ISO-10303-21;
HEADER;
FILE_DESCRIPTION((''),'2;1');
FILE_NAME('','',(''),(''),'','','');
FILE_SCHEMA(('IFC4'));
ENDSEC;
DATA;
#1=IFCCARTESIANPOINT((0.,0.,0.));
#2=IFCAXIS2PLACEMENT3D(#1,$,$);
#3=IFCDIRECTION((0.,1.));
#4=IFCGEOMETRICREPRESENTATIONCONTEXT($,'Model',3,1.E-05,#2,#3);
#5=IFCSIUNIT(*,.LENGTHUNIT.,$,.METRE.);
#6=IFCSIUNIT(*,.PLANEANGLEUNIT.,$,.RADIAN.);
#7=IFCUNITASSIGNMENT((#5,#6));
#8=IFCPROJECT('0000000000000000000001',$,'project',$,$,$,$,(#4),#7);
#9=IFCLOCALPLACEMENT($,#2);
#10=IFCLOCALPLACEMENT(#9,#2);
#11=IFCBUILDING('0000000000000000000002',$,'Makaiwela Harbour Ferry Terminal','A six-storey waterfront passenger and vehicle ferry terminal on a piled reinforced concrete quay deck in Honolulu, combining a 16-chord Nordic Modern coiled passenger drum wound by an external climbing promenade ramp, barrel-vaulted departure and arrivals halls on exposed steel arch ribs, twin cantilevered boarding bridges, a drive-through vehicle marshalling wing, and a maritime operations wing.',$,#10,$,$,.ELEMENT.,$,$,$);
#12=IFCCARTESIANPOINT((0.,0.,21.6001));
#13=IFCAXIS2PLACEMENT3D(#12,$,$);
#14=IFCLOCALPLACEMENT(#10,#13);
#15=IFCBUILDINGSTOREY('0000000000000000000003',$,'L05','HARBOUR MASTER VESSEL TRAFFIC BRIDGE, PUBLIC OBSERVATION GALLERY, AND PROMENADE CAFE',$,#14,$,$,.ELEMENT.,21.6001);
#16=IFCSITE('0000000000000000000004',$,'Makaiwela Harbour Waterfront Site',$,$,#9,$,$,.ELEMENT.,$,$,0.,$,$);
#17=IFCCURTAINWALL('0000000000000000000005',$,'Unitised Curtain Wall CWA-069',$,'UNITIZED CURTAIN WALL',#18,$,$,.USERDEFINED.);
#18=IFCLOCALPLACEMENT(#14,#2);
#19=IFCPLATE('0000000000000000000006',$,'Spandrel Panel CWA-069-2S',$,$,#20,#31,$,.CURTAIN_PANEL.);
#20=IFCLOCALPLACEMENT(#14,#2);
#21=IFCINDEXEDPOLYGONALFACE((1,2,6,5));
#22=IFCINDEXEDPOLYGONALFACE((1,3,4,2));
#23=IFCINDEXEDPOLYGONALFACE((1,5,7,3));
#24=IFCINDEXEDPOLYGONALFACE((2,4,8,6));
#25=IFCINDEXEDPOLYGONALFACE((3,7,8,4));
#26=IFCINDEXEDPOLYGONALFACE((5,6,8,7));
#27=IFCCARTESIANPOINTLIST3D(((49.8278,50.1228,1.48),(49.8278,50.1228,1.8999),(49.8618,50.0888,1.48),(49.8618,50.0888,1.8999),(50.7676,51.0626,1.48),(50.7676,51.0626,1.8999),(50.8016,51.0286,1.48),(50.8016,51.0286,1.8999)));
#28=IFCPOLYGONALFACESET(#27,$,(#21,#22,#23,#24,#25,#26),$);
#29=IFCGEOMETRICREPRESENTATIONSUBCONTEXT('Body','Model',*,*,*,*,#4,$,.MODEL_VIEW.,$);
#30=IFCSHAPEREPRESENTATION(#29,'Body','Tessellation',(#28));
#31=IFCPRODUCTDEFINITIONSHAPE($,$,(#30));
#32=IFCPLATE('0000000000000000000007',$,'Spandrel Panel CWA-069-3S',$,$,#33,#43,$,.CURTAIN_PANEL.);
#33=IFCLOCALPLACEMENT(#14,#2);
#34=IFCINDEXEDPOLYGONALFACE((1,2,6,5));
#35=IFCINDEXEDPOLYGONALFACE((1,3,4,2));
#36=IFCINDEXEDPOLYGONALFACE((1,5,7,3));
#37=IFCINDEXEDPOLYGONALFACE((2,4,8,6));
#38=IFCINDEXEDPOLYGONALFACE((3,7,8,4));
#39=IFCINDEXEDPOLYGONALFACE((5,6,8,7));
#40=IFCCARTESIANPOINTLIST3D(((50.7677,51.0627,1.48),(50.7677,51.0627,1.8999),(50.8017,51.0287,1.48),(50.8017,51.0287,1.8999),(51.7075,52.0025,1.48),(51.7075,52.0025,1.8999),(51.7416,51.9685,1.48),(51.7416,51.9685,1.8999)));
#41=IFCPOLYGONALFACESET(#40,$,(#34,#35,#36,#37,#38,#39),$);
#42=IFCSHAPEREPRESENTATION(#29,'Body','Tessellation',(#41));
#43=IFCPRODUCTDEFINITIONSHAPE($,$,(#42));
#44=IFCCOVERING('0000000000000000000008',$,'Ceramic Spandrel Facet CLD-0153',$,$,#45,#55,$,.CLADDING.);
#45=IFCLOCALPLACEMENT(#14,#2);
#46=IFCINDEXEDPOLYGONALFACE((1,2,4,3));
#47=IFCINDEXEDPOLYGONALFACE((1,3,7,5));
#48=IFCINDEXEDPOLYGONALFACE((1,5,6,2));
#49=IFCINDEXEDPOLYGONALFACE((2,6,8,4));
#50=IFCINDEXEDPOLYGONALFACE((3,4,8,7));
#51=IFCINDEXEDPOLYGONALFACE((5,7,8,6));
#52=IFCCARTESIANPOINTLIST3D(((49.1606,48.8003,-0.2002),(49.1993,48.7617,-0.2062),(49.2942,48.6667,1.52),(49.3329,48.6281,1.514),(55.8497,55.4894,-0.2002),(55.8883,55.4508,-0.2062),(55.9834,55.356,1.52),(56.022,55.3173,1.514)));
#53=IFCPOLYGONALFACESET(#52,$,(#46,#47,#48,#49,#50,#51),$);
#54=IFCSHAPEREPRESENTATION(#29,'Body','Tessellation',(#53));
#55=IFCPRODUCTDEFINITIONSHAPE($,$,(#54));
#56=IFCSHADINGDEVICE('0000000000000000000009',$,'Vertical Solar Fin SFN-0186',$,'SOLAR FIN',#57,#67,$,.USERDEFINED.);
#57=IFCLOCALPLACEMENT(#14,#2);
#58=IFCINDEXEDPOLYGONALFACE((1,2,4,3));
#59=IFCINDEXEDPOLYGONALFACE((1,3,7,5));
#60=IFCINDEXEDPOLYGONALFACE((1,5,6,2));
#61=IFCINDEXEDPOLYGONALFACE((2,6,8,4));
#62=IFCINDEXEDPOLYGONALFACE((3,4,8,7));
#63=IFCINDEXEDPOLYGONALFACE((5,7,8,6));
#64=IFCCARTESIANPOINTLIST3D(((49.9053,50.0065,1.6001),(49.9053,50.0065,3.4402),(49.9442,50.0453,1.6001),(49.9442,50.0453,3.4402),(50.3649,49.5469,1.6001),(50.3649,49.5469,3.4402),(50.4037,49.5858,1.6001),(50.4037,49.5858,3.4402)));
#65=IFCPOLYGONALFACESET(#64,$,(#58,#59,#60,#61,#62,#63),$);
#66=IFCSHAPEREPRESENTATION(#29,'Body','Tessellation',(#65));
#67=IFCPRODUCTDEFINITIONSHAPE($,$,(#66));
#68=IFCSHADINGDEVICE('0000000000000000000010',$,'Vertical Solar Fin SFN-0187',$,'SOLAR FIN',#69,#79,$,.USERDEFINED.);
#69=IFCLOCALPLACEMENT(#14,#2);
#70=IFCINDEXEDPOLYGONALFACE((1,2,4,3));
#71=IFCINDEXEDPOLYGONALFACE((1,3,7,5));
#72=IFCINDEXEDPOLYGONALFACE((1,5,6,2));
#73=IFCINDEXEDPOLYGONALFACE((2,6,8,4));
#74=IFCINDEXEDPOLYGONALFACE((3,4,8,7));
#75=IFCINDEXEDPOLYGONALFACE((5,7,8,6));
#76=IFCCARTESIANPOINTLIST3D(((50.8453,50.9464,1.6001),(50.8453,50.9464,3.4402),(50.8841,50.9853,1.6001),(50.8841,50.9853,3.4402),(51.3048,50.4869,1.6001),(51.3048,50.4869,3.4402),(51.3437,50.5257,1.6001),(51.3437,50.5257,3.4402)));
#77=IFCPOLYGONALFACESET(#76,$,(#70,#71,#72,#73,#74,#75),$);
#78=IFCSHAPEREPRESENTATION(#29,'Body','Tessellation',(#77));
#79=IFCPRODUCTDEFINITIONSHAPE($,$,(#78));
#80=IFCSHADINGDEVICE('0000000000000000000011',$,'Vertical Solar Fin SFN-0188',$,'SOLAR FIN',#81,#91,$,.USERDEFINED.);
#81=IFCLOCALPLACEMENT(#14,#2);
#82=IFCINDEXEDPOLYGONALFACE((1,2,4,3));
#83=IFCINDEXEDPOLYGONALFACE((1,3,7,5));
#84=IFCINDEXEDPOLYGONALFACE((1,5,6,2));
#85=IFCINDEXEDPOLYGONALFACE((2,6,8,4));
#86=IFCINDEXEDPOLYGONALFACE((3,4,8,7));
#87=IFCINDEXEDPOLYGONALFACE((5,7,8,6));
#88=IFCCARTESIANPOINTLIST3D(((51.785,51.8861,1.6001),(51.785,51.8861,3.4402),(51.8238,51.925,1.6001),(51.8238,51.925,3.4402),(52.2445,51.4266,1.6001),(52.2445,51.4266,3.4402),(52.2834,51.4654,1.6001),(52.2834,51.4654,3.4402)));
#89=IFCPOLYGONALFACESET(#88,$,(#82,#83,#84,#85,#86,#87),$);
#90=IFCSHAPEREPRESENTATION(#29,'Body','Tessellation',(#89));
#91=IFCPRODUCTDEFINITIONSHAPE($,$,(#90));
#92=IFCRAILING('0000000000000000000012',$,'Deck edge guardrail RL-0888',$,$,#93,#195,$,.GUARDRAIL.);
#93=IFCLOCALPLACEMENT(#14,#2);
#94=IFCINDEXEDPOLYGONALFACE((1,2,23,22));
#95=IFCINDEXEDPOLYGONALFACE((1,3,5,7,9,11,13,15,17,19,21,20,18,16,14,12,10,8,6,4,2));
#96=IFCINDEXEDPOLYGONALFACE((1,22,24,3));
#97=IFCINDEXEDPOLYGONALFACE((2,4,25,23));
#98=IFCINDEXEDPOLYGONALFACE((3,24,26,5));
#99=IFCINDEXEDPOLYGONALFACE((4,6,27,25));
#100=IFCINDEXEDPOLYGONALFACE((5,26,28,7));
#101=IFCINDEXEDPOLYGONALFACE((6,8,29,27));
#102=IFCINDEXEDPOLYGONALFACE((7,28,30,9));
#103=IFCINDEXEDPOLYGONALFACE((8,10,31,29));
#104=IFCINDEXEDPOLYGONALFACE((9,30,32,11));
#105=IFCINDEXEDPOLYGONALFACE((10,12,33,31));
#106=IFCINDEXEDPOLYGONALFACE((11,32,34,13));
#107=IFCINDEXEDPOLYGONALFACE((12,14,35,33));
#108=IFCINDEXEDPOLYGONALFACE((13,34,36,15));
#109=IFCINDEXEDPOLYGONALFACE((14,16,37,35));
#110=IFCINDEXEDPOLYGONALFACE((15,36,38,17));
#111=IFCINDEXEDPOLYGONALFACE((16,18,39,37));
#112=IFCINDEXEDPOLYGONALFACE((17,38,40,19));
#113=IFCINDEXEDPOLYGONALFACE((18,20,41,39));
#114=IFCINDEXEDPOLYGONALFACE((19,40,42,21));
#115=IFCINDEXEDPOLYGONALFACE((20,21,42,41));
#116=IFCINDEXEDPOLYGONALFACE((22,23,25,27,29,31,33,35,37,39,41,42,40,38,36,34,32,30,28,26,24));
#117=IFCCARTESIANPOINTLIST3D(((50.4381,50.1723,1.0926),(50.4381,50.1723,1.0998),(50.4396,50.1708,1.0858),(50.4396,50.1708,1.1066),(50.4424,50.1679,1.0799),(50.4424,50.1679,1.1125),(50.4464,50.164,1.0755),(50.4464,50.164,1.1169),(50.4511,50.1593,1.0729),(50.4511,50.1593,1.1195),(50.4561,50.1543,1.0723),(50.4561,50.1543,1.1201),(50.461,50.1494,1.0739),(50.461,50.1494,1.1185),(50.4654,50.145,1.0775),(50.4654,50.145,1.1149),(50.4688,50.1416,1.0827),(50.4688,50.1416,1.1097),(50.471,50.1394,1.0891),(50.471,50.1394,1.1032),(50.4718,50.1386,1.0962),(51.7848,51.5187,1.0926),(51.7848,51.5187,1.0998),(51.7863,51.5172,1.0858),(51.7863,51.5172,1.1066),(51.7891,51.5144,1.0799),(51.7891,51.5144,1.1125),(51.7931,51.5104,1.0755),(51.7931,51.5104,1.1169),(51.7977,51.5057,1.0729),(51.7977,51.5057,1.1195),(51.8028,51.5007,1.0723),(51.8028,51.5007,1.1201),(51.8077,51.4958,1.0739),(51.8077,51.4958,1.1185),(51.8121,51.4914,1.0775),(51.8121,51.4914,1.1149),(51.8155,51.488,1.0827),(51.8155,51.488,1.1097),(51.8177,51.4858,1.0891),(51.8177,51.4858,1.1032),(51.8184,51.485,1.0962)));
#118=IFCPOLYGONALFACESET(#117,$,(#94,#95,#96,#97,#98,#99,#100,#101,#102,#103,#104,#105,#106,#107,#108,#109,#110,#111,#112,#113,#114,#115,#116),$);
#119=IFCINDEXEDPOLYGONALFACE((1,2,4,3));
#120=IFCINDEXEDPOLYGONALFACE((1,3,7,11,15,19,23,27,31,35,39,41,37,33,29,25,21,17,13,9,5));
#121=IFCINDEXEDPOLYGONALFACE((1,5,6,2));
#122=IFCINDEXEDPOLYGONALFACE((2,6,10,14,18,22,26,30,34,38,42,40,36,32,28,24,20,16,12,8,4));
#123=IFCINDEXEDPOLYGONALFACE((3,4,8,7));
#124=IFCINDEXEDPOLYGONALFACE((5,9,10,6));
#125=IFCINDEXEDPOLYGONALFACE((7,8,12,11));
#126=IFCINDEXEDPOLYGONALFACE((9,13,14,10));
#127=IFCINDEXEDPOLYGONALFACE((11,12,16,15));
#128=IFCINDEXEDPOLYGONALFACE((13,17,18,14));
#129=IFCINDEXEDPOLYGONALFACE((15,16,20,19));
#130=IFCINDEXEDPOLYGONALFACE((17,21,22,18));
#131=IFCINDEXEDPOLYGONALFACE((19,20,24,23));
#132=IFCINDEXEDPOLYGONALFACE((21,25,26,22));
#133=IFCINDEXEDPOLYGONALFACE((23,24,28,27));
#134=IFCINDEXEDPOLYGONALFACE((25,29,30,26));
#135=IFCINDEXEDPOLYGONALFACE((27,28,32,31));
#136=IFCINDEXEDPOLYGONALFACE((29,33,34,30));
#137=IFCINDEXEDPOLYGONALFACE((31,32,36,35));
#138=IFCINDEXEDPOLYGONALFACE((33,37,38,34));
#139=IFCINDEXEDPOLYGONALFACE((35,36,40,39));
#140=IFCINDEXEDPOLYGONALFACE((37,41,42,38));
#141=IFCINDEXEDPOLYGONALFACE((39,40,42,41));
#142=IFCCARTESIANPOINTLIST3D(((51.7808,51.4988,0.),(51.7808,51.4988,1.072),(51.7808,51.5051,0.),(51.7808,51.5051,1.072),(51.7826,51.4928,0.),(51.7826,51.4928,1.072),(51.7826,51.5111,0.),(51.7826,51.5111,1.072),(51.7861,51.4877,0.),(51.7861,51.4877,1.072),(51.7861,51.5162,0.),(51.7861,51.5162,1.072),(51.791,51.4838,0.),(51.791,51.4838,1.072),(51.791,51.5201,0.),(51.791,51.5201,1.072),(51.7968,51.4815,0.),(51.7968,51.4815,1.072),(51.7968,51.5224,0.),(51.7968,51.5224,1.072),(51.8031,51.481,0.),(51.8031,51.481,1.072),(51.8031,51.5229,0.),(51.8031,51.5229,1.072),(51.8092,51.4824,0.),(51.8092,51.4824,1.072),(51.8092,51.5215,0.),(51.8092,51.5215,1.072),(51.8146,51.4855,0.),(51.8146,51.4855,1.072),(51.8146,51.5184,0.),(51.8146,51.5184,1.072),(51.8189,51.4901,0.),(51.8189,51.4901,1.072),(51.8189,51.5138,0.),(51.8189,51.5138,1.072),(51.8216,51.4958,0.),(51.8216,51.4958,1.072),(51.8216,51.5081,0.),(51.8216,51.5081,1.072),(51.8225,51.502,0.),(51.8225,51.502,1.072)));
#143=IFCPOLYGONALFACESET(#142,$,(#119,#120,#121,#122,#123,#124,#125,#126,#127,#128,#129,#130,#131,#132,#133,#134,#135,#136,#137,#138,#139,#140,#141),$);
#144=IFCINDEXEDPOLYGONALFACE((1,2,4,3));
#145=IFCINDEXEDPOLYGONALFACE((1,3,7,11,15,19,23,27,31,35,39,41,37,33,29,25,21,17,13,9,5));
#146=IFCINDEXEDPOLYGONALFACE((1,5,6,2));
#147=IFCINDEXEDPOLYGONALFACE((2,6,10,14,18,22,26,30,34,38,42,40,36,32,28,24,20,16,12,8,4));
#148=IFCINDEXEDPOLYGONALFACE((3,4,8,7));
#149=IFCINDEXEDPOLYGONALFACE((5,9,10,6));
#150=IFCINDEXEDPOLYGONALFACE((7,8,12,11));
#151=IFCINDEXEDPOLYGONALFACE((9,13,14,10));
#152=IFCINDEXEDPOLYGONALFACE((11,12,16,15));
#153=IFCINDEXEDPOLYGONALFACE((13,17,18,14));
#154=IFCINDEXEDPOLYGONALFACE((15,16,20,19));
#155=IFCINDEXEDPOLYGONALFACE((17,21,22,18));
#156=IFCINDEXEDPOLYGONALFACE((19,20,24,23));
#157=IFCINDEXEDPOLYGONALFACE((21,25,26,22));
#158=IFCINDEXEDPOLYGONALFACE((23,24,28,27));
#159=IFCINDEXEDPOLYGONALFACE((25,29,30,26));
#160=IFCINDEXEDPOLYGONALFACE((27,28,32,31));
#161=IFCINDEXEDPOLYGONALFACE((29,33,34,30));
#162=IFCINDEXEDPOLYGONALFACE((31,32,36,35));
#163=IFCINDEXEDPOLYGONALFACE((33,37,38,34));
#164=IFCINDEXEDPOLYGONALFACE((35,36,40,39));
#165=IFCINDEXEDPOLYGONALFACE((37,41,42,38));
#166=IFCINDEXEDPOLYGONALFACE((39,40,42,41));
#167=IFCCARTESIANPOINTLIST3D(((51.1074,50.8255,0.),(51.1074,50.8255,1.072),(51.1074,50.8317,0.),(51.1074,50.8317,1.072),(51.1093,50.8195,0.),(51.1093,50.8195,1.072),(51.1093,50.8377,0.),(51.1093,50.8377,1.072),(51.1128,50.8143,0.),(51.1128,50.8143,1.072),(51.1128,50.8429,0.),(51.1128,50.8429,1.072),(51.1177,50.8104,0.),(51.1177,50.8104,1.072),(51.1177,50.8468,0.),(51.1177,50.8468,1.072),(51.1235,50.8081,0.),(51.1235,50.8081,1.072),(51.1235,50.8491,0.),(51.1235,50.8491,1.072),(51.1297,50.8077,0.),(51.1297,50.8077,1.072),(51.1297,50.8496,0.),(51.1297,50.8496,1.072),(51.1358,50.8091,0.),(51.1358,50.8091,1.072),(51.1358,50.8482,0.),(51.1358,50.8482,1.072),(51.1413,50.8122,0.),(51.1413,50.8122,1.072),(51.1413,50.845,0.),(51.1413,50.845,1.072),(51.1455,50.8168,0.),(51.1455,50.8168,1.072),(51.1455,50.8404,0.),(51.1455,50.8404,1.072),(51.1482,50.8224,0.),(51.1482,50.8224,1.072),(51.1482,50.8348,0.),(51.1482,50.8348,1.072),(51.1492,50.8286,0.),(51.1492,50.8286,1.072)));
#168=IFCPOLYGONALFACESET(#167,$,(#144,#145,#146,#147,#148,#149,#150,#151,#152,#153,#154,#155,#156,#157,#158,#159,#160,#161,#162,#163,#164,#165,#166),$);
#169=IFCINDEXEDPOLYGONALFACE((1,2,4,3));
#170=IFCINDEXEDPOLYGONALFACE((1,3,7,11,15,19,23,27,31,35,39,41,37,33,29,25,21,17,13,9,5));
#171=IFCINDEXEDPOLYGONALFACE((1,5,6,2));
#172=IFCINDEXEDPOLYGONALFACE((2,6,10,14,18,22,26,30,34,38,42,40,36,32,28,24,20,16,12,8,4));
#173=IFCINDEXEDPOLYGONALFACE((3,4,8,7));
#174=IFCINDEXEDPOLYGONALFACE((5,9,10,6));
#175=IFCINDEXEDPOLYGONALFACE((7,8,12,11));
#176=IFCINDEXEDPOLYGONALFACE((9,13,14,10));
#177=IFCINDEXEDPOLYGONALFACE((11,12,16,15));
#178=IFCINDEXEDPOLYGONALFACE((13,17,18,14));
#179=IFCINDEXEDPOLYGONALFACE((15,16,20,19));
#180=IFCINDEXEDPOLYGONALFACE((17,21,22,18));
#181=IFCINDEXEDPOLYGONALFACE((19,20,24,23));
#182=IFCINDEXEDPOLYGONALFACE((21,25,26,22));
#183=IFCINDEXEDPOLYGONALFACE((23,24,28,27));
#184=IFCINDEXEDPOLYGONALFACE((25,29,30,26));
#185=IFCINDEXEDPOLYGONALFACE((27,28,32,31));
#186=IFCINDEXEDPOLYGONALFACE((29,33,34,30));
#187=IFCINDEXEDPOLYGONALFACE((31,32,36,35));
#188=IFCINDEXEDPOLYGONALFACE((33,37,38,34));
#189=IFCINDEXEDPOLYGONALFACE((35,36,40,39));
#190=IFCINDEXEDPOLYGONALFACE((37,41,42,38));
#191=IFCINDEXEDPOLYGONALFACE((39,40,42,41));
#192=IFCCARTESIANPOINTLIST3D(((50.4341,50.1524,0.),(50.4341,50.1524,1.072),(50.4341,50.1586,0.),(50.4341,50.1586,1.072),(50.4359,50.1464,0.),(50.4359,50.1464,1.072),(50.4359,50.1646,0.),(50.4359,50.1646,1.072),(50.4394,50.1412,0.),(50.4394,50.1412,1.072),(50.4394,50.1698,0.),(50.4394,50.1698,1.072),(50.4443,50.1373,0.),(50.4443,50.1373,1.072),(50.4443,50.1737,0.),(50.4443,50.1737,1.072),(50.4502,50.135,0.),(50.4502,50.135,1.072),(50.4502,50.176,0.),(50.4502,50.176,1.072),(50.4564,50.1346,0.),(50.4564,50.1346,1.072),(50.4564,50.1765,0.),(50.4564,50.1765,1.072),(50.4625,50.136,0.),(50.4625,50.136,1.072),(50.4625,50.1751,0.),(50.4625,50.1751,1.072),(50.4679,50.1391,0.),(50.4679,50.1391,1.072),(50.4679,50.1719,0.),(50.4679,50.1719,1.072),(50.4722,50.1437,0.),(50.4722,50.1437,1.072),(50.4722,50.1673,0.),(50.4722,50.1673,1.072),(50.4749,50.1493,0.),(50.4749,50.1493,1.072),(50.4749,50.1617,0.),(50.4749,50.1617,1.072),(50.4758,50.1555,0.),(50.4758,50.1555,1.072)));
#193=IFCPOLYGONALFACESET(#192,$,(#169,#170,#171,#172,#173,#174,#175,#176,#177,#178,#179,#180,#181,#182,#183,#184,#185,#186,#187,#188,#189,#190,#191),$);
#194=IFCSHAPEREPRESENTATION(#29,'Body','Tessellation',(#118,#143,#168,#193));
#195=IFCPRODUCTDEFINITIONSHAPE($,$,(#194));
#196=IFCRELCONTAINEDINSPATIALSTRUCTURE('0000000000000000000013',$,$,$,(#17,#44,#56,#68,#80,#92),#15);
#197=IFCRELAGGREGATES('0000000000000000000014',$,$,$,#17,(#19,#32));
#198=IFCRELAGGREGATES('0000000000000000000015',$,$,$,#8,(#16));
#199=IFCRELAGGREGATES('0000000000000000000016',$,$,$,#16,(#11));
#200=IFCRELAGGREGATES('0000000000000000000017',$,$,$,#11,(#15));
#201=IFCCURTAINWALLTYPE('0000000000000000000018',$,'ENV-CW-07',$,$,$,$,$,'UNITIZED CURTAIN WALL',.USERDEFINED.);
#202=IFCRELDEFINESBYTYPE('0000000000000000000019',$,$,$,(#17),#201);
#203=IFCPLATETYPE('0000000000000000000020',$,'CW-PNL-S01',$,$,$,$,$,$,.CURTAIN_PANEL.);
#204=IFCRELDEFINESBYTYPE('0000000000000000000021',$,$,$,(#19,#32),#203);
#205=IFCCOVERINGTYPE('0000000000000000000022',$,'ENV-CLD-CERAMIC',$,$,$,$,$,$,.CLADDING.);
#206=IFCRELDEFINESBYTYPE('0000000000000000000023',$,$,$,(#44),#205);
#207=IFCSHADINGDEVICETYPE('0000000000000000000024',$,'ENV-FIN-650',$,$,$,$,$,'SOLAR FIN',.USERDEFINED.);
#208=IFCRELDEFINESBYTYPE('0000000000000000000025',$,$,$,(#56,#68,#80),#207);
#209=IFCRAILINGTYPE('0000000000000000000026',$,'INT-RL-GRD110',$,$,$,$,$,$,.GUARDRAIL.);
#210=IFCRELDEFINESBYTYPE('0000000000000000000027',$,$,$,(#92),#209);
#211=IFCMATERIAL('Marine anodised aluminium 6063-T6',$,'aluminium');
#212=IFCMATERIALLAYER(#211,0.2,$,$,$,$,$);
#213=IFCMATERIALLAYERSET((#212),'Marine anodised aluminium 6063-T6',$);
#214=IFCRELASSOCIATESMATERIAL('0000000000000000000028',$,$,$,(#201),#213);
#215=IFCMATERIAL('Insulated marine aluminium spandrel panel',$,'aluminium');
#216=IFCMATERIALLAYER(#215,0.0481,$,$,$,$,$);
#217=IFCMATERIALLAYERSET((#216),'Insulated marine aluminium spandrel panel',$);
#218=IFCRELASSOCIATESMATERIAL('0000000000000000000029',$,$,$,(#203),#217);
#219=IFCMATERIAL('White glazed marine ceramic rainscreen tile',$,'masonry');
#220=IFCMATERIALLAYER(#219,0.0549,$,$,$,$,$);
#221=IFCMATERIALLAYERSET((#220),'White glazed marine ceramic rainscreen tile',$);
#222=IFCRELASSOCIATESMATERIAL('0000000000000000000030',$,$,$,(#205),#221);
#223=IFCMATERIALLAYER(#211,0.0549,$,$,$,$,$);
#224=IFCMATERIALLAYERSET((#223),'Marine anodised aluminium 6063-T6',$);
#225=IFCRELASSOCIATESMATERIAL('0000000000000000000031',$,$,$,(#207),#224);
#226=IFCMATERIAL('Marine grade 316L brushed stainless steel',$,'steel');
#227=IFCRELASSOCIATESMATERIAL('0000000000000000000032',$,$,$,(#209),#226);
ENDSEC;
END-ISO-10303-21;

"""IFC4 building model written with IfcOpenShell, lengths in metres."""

from ifc_helpers import new_model, si_unit, direction, frame, origin, origin_2d, place, context, subcontext, project, spatial, polyline, rectangle, circle, outline, extrude, material, layer, layer_set, type_object, element, aggregate, save


model = new_model("IFC4")

# Units and contexts
model_context = context("Model", 3, precision=1e-05, world=origin(), true_north=direction((0.0, 1.0)))
body_context = subcontext(model_context, "Body", "Model", "MODEL_VIEW")
ifc_project = project(units=[si_unit("LENGTHUNIT", "METRE"), si_unit("PLANEANGLEUNIT", "RADIAN")], contexts=[model_context])

# Site, building, storey
site_placement = place(None, origin())
site = spatial("IfcSite", under=ifc_project, at=site_placement, Name="Makaiwela Harbour Waterfront Site", CompositionType="ELEMENT", RefElevation=0.0)
building_placement = place(site_placement, origin())
building = spatial("IfcBuilding", under=site, at=building_placement, Name="Makaiwela Harbour Ferry Terminal", Description="A six-storey waterfront passenger and vehicle ferry terminal on a piled reinforced concrete quay deck in Honolulu, combining a 16-chord Nordic Modern coiled passenger drum wound by an external climbing promenade ramp, barrel-vaulted departure and arrivals halls on exposed steel arch ribs, twin cantilevered boarding bridges, a drive-through vehicle marshalling wing, and a maritime operations wing.", CompositionType="ELEMENT")
storey_placement = place(building_placement, frame((0.0, 0.0, 21.6001)))
storey = spatial("IfcBuildingStorey", under=building, at=storey_placement, Name="L05", Description="HARBOUR MASTER VESSEL TRAFFIC BRIDGE, PUBLIC OBSERVATION GALLERY, AND PROMENADE CAFE", CompositionType="ELEMENT", Elevation=21.6001)

# Curtain wall
ifc_material_1 = material(Name="Marine anodised aluminium 6063-T6", Category="aluminium")
ifc_layer_1 = layer(ifc_material_1, 0.2)
ifc_layer_set_1 = layer_set([ifc_layer_1], Name="Marine anodised aluminium 6063-T6")
curtain_wall_type = type_object("IfcCurtainWallType", Name="ENV-CW-07", ElementType="UNITIZED CURTAIN WALL", PredefinedType="USERDEFINED", material=ifc_layer_set_1)
curtain_wall_placement = place(storey_placement, origin())
curtain_wall = element("IfcCurtainWall", 1, at=curtain_wall_placement, inside=storey, type_object=curtain_wall_type, Name="Unitised Curtain Wall CWA-069", ObjectType="UNITIZED CURTAIN WALL", PredefinedType="USERDEFINED")

# Plates
ifc_material_2 = material(Name="Insulated marine aluminium spandrel panel", Category="aluminium")
ifc_layer_2 = layer(ifc_material_2, 0.0481)
ifc_layer_set_2 = layer_set([ifc_layer_2], Name="Insulated marine aluminium spandrel panel")
plate_type_1 = type_object("IfcPlateType", Name="CW-PNL-S01", PredefinedType="CURTAIN_PANEL", material=ifc_layer_set_2)
plate_1_placement = place(storey_placement, frame((50.3147, 50.5757, 1.48), z_axis=(0.0, 0.0, 1.0), x_axis=(0.707107, 0.707107, 0.0)))
plate_1 = element("IfcPlate", 2, at=plate_1_placement, type_object=plate_type_1, Name="Spandrel Panel CWA-069-2S", PredefinedType="CURTAIN_PANEL", context=body_context, shape_type="SweptSolid", body=[
    extrude(rectangle(XDim=1.3291, YDim=0.0481, at=origin_2d()), origin(), (0.0, 0.0, 1.0), 0.4199),
])
plate_2_placement = place(storey_placement, frame((51.2546, 51.5156, 1.48), z_axis=(0.0, 0.0, 1.0), x_axis=(0.707107, 0.707107, 0.0)))
plate_2 = element("IfcPlate", 3, at=plate_2_placement, type_object=plate_type_1, Name="Spandrel Panel CWA-069-3S", PredefinedType="CURTAIN_PANEL", context=body_context, shape_type="SweptSolid", body=[
    extrude(rectangle(XDim=1.3291, YDim=0.0481, at=origin_2d()), origin(), (0.0, 0.0, 1.0), 0.4199),
])
aggregate(curtain_wall, [plate_1, plate_2])

# Covering
ifc_material_3 = material(Name="White glazed marine ceramic rainscreen tile", Category="masonry")
ifc_layer_3 = layer(ifc_material_3, 0.0549)
ifc_layer_set_3 = layer_set([ifc_layer_3], Name="White glazed marine ceramic rainscreen tile")
covering_type = type_object("IfcCoveringType", Name="ENV-CLD-CERAMIC", PredefinedType="CLADDING", material=ifc_layer_set_3)
covering_placement = place(storey_placement, frame((49.1606, 48.8003, -0.2002), z_axis=(-0.702886, 0.702873, 0.109183), x_axis=(0.7071, 0.707113, -0.000001)))
element("IfcCovering", 4, at=covering_placement, inside=storey, type_object=covering_type, Name="Ceramic Spandrel Facet CLD-0153", PredefinedType="CLADDING", context=body_context, shape_type="SweptSolid", body=[
    extrude(outline(polyline([(0.0, 0.0), (9.4598, 0.0), (9.46, -1.7306), (0.0, -1.7306), (0.0, 0.0)])), origin(), (0.0, 0.0, -1.0), 0.0549),
])

# Shading devices
ifc_layer_4 = layer(ifc_material_1, 0.0549)
ifc_layer_set_4 = layer_set([ifc_layer_4], Name="Marine anodised aluminium 6063-T6")
shading_device_type = type_object("IfcShadingDeviceType", Name="ENV-FIN-650", ElementType="SOLAR FIN", PredefinedType="USERDEFINED", material=ifc_layer_set_4)
for number, where, z_axis, x_axis, name in (
    (5, (50.1545, 49.7961, 1.6001), (0.0, 0.0, 1.0), (0.707107, -0.707107, 0.0), "Vertical Solar Fin SFN-0186"),
    (6, (51.0945, 50.7361, 1.6001), (0.0, 0.0, 1.0), (0.707107, -0.707107, 0.0), "Vertical Solar Fin SFN-0187"),
    (7, (52.0342, 51.6758, 1.6001), (0.0, 0.0, 1.0), (0.707107, -0.707107, 0.0), "Vertical Solar Fin SFN-0188"),
):
    element("IfcShadingDevice", number, at=place(storey_placement, frame(where, z_axis=z_axis, x_axis=x_axis)), inside=storey, type_object=shading_device_type, Name=name, ObjectType="SOLAR FIN", PredefinedType="USERDEFINED", context=body_context, shape_type="SweptSolid", body=[
        extrude(rectangle(XDim=0.6499, YDim=0.0549, at=origin_2d()), origin(), (0.0, 0.0, 1.0), 1.8401),
    ])

# Railing
ifc_material_4 = material(Name="Marine grade 316L brushed stainless steel", Category="steel")
railing_type = type_object("IfcRailingType", Name="INT-RL-GRD110", PredefinedType="GUARDRAIL", material=ifc_material_4)
railing_1_placement = place(storey_placement, frame((51.8015, 51.502, 0.0)))
element("IfcRailing", 8, at=railing_1_placement, inside=storey, type_object=railing_type, Name="Deck edge guardrail RL-0888", PredefinedType="GUARDRAIL", context=body_context, shape_type="SweptSolid", body=[
    extrude(circle(Radius=0.0239, at=origin_2d()), frame((0.0, 0.0, 1.0962), z_axis=(-0.707171, -0.707043, 0.0), x_axis=(0.707043, -0.707171, 0.0)), (0.0, 0.0, 1.0), 1.9043),
    extrude(circle(Radius=0.021, at=origin_2d()), origin(), (0.0, 0.0, 1.0), 1.072),
    extrude(circle(Radius=0.021, at=origin_2d()), frame((-0.6733, -0.6733, 0.0)), (0.0, 0.0, 1.0), 1.072),
    extrude(circle(Radius=0.021, at=origin_2d()), frame((-1.3467, -1.3464, 0.0)), (0.0, 0.0, 1.0), 1.072),
])

save(model, "model.ifc")
